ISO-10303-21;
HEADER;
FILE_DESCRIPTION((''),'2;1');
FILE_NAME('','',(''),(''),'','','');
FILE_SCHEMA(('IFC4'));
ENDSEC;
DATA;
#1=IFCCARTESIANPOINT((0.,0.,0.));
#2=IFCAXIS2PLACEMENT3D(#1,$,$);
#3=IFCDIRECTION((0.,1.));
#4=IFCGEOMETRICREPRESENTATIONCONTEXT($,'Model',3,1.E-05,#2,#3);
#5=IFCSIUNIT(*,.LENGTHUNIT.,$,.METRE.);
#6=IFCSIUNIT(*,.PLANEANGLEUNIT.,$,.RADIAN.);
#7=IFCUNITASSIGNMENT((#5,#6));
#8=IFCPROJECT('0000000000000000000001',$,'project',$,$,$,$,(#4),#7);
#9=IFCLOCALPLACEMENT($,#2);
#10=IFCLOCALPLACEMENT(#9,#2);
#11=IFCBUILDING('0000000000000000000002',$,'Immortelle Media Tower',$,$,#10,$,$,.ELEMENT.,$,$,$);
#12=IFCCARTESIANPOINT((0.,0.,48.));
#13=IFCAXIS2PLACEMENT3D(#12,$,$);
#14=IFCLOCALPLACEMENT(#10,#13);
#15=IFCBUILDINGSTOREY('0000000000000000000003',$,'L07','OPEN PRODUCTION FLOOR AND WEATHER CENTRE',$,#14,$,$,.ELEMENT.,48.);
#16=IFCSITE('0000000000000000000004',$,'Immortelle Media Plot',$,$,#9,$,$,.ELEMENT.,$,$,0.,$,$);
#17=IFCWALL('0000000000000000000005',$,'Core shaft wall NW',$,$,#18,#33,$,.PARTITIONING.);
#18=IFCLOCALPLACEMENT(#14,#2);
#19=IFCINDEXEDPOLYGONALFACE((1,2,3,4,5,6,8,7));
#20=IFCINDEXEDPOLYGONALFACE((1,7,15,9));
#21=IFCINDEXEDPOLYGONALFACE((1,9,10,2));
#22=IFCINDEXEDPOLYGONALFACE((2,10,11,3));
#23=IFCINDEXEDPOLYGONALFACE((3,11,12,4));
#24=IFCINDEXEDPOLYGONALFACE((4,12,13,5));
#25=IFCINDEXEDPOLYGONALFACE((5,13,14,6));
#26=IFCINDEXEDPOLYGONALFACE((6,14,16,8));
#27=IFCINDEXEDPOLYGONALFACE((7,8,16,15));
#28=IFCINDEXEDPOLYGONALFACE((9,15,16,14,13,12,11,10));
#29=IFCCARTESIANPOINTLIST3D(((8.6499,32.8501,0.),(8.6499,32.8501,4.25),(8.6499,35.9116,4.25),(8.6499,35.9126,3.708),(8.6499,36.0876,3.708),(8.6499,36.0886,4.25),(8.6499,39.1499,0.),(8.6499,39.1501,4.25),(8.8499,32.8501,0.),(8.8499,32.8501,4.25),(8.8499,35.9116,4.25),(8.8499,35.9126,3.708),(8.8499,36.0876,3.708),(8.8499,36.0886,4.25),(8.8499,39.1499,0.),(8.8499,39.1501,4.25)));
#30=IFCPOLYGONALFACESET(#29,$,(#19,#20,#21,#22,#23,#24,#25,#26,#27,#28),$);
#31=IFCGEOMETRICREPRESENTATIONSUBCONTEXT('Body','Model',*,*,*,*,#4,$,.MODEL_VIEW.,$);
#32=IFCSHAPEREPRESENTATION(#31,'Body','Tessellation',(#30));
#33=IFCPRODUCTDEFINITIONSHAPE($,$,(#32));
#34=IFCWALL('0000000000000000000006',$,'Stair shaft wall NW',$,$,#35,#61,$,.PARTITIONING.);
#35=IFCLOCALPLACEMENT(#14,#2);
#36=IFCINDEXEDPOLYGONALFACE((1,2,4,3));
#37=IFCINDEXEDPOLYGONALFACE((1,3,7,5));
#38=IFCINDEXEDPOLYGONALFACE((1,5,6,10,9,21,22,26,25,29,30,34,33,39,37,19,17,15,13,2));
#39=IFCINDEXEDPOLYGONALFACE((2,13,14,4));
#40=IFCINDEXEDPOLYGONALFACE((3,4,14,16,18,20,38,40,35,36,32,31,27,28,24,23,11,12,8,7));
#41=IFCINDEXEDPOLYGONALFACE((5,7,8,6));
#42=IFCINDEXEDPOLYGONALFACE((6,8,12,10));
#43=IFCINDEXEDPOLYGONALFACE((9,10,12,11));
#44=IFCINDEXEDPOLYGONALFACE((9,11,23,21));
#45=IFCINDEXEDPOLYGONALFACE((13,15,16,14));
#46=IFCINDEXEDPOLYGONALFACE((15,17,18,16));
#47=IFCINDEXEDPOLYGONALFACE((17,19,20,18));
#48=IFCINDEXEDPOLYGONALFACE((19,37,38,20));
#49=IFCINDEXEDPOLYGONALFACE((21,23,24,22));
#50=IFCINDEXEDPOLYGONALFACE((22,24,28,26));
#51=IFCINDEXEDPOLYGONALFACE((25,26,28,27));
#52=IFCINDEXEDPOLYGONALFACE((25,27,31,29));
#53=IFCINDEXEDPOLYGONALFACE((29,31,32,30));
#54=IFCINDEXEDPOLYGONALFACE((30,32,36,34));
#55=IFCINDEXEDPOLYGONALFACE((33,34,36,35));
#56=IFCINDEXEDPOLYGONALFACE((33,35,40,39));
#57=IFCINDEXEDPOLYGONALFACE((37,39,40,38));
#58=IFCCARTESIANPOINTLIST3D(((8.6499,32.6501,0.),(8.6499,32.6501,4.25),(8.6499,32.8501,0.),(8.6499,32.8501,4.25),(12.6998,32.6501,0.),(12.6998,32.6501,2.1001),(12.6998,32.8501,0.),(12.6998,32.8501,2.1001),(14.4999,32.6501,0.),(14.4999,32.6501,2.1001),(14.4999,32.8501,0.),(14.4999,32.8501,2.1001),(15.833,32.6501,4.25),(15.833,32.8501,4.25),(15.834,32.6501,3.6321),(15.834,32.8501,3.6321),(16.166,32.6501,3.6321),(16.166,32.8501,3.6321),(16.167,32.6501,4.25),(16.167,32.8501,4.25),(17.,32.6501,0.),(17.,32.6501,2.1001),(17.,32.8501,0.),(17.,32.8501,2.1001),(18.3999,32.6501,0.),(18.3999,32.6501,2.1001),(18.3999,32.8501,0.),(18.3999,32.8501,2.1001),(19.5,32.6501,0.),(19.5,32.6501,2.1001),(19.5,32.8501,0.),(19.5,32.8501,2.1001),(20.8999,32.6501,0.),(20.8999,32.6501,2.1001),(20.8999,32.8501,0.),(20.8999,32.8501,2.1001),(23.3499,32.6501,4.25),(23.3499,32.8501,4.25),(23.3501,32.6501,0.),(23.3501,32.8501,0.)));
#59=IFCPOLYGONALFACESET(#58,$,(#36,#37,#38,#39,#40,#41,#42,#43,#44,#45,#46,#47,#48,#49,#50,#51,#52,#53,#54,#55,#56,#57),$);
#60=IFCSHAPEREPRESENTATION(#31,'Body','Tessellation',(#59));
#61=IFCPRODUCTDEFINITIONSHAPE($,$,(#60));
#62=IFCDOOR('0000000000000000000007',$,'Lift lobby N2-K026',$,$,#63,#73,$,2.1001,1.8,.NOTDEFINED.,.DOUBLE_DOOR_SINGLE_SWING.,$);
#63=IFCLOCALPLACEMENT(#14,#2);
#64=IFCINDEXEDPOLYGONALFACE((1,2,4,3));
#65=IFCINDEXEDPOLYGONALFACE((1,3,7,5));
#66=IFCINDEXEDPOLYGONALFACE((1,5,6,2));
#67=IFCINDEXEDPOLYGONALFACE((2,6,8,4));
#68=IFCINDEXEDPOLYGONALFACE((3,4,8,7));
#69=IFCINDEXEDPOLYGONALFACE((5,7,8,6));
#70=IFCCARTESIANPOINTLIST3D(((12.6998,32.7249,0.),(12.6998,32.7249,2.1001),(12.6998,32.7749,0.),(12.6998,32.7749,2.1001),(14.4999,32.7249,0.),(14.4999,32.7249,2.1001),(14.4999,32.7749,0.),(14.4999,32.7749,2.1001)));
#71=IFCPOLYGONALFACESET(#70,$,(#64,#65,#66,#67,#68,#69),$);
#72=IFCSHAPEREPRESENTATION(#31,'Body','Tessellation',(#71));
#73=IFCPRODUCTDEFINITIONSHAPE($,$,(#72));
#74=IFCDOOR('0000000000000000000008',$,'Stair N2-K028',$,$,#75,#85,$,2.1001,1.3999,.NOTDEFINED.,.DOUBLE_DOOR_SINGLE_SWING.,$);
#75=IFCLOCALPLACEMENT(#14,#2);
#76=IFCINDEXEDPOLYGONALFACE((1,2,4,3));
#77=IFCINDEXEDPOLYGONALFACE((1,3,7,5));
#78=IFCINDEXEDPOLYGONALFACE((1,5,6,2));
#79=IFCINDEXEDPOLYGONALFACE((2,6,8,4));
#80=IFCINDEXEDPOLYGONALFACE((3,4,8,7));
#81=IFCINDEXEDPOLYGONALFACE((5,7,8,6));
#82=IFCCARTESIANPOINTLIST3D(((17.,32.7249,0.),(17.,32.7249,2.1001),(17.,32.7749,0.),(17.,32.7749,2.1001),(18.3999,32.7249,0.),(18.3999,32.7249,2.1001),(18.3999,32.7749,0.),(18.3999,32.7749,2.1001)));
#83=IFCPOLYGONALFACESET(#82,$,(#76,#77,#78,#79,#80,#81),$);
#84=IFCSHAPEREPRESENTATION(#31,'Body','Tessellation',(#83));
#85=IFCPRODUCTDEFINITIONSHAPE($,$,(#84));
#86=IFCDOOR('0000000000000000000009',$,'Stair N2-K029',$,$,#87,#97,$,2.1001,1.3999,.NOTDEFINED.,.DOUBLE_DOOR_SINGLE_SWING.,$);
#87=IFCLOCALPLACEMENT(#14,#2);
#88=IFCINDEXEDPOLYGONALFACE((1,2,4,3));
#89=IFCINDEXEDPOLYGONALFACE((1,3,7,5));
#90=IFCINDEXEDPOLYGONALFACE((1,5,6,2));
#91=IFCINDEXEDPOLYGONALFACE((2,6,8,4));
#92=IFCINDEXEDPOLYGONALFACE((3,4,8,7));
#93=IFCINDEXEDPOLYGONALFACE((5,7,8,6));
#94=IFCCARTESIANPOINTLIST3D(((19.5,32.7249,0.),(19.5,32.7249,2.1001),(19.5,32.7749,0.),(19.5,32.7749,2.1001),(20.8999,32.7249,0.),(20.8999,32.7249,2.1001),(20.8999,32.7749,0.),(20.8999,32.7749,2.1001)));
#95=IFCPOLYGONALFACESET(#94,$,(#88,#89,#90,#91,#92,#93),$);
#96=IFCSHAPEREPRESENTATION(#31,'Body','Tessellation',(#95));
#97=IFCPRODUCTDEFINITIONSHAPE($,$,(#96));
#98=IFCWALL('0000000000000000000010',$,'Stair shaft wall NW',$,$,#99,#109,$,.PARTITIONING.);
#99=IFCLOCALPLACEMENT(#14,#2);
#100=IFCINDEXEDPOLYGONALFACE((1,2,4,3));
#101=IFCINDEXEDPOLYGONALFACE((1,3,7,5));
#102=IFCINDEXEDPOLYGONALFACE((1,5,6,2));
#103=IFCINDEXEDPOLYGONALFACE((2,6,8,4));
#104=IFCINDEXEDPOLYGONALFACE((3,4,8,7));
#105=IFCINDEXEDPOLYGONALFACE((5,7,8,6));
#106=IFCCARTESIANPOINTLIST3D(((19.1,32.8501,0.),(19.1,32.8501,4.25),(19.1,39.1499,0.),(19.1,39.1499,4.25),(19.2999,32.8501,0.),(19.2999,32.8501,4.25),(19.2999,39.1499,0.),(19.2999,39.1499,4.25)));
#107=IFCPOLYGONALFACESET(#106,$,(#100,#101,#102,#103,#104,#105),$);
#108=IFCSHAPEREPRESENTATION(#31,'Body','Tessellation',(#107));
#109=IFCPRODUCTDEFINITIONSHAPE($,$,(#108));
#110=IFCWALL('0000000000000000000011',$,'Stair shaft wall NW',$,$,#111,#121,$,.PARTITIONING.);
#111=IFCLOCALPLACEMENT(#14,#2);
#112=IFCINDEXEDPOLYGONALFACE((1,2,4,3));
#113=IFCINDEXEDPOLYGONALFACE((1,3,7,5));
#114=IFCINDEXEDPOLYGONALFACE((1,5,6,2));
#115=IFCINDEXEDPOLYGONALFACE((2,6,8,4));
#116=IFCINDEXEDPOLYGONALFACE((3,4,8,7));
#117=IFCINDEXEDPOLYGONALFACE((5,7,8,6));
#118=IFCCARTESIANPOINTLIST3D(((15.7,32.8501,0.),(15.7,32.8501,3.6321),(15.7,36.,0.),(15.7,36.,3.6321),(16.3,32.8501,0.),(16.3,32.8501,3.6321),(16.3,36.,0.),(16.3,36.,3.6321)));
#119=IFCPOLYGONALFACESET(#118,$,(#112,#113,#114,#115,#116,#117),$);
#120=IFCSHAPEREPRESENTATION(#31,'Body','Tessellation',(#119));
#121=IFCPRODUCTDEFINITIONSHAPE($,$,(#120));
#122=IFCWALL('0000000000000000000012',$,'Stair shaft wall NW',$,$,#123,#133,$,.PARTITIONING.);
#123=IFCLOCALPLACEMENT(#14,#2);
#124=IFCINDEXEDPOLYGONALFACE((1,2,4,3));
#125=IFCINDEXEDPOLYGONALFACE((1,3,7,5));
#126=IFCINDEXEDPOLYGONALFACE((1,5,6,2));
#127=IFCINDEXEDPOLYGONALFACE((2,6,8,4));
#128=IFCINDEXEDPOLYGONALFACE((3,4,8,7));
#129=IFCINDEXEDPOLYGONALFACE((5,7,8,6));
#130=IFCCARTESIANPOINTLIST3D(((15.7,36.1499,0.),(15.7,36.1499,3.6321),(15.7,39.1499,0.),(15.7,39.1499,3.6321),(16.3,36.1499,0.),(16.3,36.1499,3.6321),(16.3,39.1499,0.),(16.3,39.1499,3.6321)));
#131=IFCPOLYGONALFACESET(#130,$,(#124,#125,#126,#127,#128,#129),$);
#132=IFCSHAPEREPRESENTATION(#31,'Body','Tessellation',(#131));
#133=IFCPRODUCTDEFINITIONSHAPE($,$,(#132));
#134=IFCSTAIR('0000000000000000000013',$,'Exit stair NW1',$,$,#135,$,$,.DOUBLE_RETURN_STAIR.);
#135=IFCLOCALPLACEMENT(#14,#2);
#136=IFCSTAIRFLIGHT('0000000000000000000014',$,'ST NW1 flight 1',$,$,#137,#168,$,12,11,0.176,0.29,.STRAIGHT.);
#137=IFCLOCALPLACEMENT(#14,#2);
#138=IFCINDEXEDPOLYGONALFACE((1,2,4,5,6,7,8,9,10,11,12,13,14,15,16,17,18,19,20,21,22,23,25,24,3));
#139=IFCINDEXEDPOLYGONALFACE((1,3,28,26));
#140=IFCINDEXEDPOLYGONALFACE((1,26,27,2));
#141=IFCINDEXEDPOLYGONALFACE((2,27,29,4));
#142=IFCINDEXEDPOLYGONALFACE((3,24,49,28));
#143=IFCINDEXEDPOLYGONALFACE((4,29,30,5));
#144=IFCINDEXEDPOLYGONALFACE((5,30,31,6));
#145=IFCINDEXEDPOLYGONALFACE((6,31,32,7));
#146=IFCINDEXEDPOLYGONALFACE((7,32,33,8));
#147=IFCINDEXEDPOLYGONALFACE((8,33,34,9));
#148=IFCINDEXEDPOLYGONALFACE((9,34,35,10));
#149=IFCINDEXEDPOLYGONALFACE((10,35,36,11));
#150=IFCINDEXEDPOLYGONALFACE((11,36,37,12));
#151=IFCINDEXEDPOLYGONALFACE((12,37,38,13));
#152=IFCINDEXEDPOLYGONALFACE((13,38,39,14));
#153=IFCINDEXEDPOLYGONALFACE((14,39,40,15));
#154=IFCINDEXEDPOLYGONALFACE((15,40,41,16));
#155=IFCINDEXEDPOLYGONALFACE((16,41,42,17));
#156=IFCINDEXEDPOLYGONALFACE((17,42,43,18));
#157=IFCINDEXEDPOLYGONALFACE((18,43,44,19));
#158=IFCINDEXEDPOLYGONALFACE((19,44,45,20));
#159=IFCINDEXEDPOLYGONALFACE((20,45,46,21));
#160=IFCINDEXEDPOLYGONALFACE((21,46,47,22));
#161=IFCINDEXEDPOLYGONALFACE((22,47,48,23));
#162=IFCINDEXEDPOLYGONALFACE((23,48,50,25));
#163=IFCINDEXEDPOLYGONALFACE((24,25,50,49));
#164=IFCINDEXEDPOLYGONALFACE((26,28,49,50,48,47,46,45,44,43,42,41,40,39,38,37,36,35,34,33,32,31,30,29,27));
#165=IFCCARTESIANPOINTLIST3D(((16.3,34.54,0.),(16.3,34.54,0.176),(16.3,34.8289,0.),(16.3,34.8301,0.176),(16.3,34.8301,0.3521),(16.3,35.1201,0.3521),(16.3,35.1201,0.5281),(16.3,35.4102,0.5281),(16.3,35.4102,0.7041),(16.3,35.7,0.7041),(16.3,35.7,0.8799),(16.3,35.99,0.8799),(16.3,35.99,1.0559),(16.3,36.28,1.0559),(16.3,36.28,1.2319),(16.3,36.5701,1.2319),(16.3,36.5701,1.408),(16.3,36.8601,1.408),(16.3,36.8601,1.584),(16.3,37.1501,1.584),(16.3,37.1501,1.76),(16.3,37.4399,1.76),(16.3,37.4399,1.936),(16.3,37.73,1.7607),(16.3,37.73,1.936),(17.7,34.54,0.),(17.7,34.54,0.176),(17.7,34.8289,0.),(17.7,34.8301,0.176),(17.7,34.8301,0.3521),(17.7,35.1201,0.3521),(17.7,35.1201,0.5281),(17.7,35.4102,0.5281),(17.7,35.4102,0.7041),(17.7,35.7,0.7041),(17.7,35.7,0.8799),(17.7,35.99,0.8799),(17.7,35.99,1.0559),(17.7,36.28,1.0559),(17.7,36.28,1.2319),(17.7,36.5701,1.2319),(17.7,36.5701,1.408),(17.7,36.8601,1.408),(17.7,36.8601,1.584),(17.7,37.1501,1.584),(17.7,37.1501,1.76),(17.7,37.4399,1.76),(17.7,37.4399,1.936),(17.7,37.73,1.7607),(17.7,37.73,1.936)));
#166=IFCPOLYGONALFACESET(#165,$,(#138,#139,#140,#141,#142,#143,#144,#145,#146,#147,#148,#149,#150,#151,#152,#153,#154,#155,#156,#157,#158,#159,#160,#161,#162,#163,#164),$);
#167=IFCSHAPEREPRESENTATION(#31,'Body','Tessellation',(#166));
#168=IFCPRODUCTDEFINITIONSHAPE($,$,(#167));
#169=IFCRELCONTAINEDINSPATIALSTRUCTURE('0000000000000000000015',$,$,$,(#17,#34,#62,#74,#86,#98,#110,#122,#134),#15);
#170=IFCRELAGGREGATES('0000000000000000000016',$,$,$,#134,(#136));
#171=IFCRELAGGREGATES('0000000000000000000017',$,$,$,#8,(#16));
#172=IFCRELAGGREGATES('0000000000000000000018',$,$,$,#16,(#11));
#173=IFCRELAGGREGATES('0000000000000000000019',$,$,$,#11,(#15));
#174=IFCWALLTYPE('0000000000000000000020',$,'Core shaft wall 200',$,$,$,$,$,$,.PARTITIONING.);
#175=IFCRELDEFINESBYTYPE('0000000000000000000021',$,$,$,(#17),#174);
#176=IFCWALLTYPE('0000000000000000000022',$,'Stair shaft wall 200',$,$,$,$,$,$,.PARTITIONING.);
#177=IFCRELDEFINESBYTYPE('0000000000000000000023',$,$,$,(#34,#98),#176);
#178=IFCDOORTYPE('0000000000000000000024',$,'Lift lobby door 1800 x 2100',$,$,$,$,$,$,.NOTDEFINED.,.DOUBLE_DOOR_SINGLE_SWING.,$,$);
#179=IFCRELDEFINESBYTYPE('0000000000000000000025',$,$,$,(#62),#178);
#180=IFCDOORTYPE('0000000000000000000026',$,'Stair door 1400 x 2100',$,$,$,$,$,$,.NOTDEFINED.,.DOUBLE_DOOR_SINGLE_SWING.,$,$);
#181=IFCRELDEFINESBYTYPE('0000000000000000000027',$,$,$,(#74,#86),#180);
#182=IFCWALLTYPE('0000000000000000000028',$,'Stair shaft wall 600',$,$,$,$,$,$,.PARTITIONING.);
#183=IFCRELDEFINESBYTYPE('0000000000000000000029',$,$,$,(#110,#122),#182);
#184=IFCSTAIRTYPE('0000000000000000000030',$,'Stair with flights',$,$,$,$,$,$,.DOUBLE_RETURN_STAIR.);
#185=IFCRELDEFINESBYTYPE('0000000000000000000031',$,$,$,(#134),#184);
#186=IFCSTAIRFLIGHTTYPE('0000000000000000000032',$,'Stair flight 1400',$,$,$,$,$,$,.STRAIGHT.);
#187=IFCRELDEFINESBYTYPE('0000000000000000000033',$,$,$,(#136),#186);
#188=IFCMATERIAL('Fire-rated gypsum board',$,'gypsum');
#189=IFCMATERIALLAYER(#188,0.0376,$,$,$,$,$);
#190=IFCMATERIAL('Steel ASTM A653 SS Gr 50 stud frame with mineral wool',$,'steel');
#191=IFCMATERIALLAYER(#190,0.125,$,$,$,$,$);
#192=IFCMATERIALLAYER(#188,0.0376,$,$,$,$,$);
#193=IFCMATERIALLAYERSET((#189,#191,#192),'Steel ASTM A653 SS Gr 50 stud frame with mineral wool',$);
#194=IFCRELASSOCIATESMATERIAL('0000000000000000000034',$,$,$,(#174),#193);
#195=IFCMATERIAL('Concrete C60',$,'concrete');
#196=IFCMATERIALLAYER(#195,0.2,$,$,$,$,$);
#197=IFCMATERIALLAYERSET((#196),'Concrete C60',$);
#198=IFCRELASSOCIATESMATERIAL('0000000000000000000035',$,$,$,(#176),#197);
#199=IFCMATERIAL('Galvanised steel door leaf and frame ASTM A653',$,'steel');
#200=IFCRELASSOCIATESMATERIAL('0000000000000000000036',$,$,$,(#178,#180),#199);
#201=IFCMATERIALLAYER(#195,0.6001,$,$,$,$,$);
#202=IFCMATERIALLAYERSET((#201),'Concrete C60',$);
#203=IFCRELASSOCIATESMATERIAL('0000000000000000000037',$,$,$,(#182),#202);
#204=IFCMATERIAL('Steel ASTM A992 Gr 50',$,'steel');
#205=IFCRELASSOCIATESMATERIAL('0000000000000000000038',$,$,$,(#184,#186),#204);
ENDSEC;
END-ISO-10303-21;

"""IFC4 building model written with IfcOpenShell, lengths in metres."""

from ifc_helpers import new_model, si_unit, direction, frame, frame_2d, origin, place, context, subcontext, project, spatial, polyline, rectangle, outline, extrude, material, layer, layer_set, type_object, element, fill, aggregate, save


model = new_model("IFC4")

# Units and contexts
model_context = context("Model", 3, precision=1e-05, world=origin(), true_north=direction((0.0, 1.0)))
body_context = subcontext(model_context, "Body", "Model", "MODEL_VIEW")
ifc_project = project(units=[si_unit("LENGTHUNIT", "METRE"), si_unit("PLANEANGLEUNIT", "RADIAN")], contexts=[model_context])

# Site, building, storey
site_placement = place(None, origin())
site = spatial("IfcSite", under=ifc_project, at=site_placement, Name="Immortelle Media Plot", CompositionType="ELEMENT", RefElevation=0.0)
building_placement = place(site_placement, origin())
building = spatial("IfcBuilding", under=site, at=building_placement, Name="Immortelle Media Tower", CompositionType="ELEMENT")
storey_placement = place(building_placement, frame((0.0, 0.0, 48.0)))
storey = spatial("IfcBuildingStorey", under=building, at=storey_placement, Name="L07", Description="OPEN PRODUCTION FLOOR AND WEATHER CENTRE", CompositionType="ELEMENT", Elevation=48.0)

# Shared definitions
ifc_material_1 = material(Name="Steel ASTM A992 Gr 50", Category="steel")

# Shared definitions
ifc_material_2 = material(Name="Fire-rated gypsum board", Category="gypsum")
ifc_material_3 = material(Name="Steel ASTM A653 SS Gr 50 stud frame with mineral wool", Category="steel")

# Wall
ifc_layer_1 = layer(ifc_material_2, 0.0376)
ifc_layer_2 = layer(ifc_material_3, 0.125)
ifc_layer_3 = layer(ifc_material_2, 0.0376)
ifc_layer_set_1 = layer_set([ifc_layer_1, ifc_layer_2, ifc_layer_3], Name="Steel ASTM A653 SS Gr 50 stud frame with mineral wool")
wall_type_1 = type_object("IfcWallType", Name="Core shaft wall 200", PredefinedType="PARTITIONING", material=ifc_layer_set_1)
wall_1_placement = place(storey_placement, frame((8.75, 32.8501, 0.0), z_axis=(0.0, 0.0, 1.0), x_axis=(0.0, 1.0, 0.0)))
element("IfcWall", 1, at=wall_1_placement, inside=storey, type_object=wall_type_1, Name="Core shaft wall NW", PredefinedType="PARTITIONING", context=body_context, shape_type="SweptSolid", body=[
    extrude(outline(polyline([(0.0, 0.0), (6.2998, 0.0), (6.3, 4.25), (3.2385, 4.25), (3.2375, 3.708), (3.0625, 3.708), (3.0615, 4.25), (0.0, 4.25), (0.0, 0.0)])), frame((0.0, 0.1001, 0.0), z_axis=(0.0, -1.0, 0.0), x_axis=(1.0, 0.0, 0.0)), (0.0, 0.0, 1.0), 0.2),
])

# Wall, openings, doors
ifc_material_4 = material(Name="Concrete C60", Category="concrete")
ifc_layer_4 = layer(ifc_material_4, 0.2)
ifc_layer_set_2 = layer_set([ifc_layer_4], Name="Concrete C60")
wall_type_2 = type_object("IfcWallType", Name="Stair shaft wall 200", PredefinedType="PARTITIONING", material=ifc_layer_set_2)
wall_2_placement = place(storey_placement, frame((8.6499, 32.75, 0.0), z_axis=(0.0, 0.0, 1.0), x_axis=(1.0, 0.0, 0.0)))
wall_2 = element("IfcWall", 2, at=wall_2_placement, inside=storey, type_object=wall_type_2, Name="Stair shaft wall NW", PredefinedType="PARTITIONING", context=body_context, shape_type="SweptSolid", body=[
    extrude(outline(polyline([(0.0, 0.0), (14.7002, 0.0), (14.7, 4.25), (7.5171, 4.25), (7.5161, 3.6321), (7.1841, 3.6321), (7.1831, 4.25), (0.0, 4.25), (0.0, 0.0)])), frame((0.0, 0.1001, 0.0), z_axis=(0.0, -1.0, 0.0), x_axis=(1.0, 0.0, 0.0)), (0.0, 0.0, 1.0), 0.2),
])
opening_1_placement = place(wall_2_placement, frame((4.05, 0.0, 0.0)))
opening_1 = element("IfcOpeningElement", 3, at=opening_1_placement, cuts=wall_2, PredefinedType="OPENING", context=body_context, shape_type="SweptSolid", body=[
    extrude(rectangle(XDim=1.8, YDim=2.1001, at=frame_2d((0.8999, 1.05))), frame((0.0, 0.1099, 0.0), z_axis=(0.0, -1.0, 0.0), x_axis=(1.0, 0.0, 0.0)), (0.0, 0.0, 1.0), 0.22),
])
opening_2_placement = place(wall_2_placement, frame((8.3501, 0.0, 0.0)))
opening_2 = element("IfcOpeningElement", 4, at=opening_2_placement, cuts=wall_2, PredefinedType="OPENING", context=body_context, shape_type="SweptSolid", body=[
    extrude(rectangle(XDim=1.3999, YDim=2.1001, at=frame_2d((0.7, 1.05))), frame((0.0, 0.1099, 0.0), z_axis=(0.0, -1.0, 0.0), x_axis=(1.0, 0.0, 0.0)), (0.0, 0.0, 1.0), 0.22),
])
opening_3_placement = place(wall_2_placement, frame((10.8501, 0.0, 0.0)))
opening_3 = element("IfcOpeningElement", 5, at=opening_3_placement, cuts=wall_2, PredefinedType="OPENING", context=body_context, shape_type="SweptSolid", body=[
    extrude(rectangle(XDim=1.3999, YDim=2.1001, at=frame_2d((0.7, 1.05))), frame((0.0, 0.1099, 0.0), z_axis=(0.0, -1.0, 0.0), x_axis=(1.0, 0.0, 0.0)), (0.0, 0.0, 1.0), 0.22),
])
ifc_material_5 = material(Name="Galvanised steel door leaf and frame ASTM A653", Category="steel")
door_type_1 = type_object("IfcDoorType", Name="Lift lobby door 1800 x 2100", OperationType="DOUBLE_DOOR_SINGLE_SWING", PredefinedType="NOTDEFINED", material=ifc_material_5)
door_1_placement = place(opening_1_placement, origin())
door_1 = element("IfcDoor", 6, at=door_1_placement, inside=storey, type_object=door_type_1, Name="Lift lobby N2-K026", OperationType="DOUBLE_DOOR_SINGLE_SWING", OverallHeight=2.1001, OverallWidth=1.8, PredefinedType="NOTDEFINED", context=body_context, shape_type="SweptSolid", body=[
    extrude(rectangle(XDim=1.8, YDim=2.1001, at=frame_2d((0.8999, 1.05))), frame((0.0, 0.0249, 0.0), z_axis=(0.0, -1.0, 0.0), x_axis=(1.0, 0.0, 0.0)), (0.0, 0.0, 1.0), 0.05),
])
fill(opening_1, door_1)
door_type_2 = type_object("IfcDoorType", Name="Stair door 1400 x 2100", OperationType="DOUBLE_DOOR_SINGLE_SWING", PredefinedType="NOTDEFINED", material=ifc_material_5)
door_2_placement = place(opening_2_placement, origin())
door_2 = element("IfcDoor", 7, at=door_2_placement, inside=storey, type_object=door_type_2, Name="Stair N2-K028", OperationType="DOUBLE_DOOR_SINGLE_SWING", OverallHeight=2.1001, OverallWidth=1.3999, PredefinedType="NOTDEFINED", context=body_context, shape_type="SweptSolid", body=[
    extrude(rectangle(XDim=1.3999, YDim=2.1001, at=frame_2d((0.7, 1.05))), frame((0.0, 0.0249, 0.0), z_axis=(0.0, -1.0, 0.0), x_axis=(1.0, 0.0, 0.0)), (0.0, 0.0, 1.0), 0.05),
])
fill(opening_2, door_2)
door_3_placement = place(opening_3_placement, origin())
door_3 = element("IfcDoor", 8, at=door_3_placement, inside=storey, type_object=door_type_2, Name="Stair N2-K029", OperationType="DOUBLE_DOOR_SINGLE_SWING", OverallHeight=2.1001, OverallWidth=1.3999, PredefinedType="NOTDEFINED", context=body_context, shape_type="SweptSolid", body=[
    extrude(rectangle(XDim=1.3999, YDim=2.1001, at=frame_2d((0.7, 1.05))), frame((0.0, 0.0249, 0.0), z_axis=(0.0, -1.0, 0.0), x_axis=(1.0, 0.0, 0.0)), (0.0, 0.0, 1.0), 0.05),
])
fill(opening_3, door_3)

# Walls
wall_3_placement = place(storey_placement, frame((19.2, 32.8501, 0.0), z_axis=(0.0, 0.0, 1.0), x_axis=(0.0, 1.0, 0.0)))
element("IfcWall", 9, at=wall_3_placement, inside=storey, type_object=wall_type_2, Name="Stair shaft wall NW", PredefinedType="PARTITIONING", context=body_context, shape_type="SweptSolid", body=[
    extrude(rectangle(XDim=6.2998, YDim=0.2, at=frame_2d((3.1499, 0.0))), origin(), (0.0, 0.0, 1.0), 4.25),
])
ifc_layer_5 = layer(ifc_material_4, 0.6001)
ifc_layer_set_3 = layer_set([ifc_layer_5], Name="Concrete C60")
wall_type_3 = type_object("IfcWallType", Name="Stair shaft wall 600", PredefinedType="PARTITIONING", material=ifc_layer_set_3)
wall_4_placement = place(storey_placement, frame((16.0, 32.8501, 0.0), z_axis=(0.0, 0.0, 1.0), x_axis=(0.0, 1.0, 0.0)))
element("IfcWall", 10, at=wall_4_placement, inside=storey, type_object=wall_type_3, Name="Stair shaft wall NW", PredefinedType="PARTITIONING", context=body_context, shape_type="SweptSolid", body=[
    extrude(rectangle(XDim=3.1499, YDim=0.6001, at=frame_2d((1.575, 0.0))), origin(), (0.0, 0.0, 1.0), 3.6321),
])
wall_5_placement = place(storey_placement, frame((16.0, 36.1499, 0.0), z_axis=(0.0, 0.0, 1.0), x_axis=(0.0, 1.0, 0.0)))
element("IfcWall", 11, at=wall_5_placement, inside=storey, type_object=wall_type_3, Name="Stair shaft wall NW", PredefinedType="PARTITIONING", context=body_context, shape_type="SweptSolid", body=[
    extrude(rectangle(XDim=3.0, YDim=0.6001, at=frame_2d((1.5, 0.0))), origin(), (0.0, 0.0, 1.0), 3.6321),
])

# Stair, stair flight
stair_type = type_object("IfcStairType", Name="Stair with flights", PredefinedType="DOUBLE_RETURN_STAIR", material=ifc_material_1)
stair_1_placement = place(storey_placement, origin())
stair_1 = element("IfcStair", 12, at=stair_1_placement, inside=storey, type_object=stair_type, Name="Exit stair NW1", PredefinedType="DOUBLE_RETURN_STAIR")
stair_flight_type = type_object("IfcStairFlightType", Name="Stair flight 1400", PredefinedType="STRAIGHT", material=ifc_material_1)
stair_flight_1_placement = place(storey_placement, frame((17.0, 34.54, 0.0), z_axis=(0.0, 0.0, 1.0), x_axis=(0.0, 1.0, 0.0)))
stair_flight_1 = element("IfcStairFlight", 13, at=stair_flight_1_placement, type_object=stair_flight_type, Name="ST NW1 flight 1", NumberOfRisers=12, NumberOfTreads=11, PredefinedType="STRAIGHT", RiserHeight=0.176, TreadLength=0.29, context=body_context, shape_type="SweptSolid", body=[
    extrude(outline(polyline([(0.0, 0.0), (0.0, 0.176), (0.29, 0.176), (0.29, 0.3521), (0.5801, 0.3521), (0.5801, 0.5281), (0.8701, 0.5281), (0.8701, 0.7041), (1.1599, 0.7041), (1.1599, 0.8799), (1.45, 0.8799), (1.45, 1.0559), (1.74, 1.0559), (1.74, 1.2319), (2.03, 1.2319), (2.03, 1.408), (2.3201, 1.408), (2.3201, 1.584), (2.6101, 1.584), (2.6101, 1.76), (2.8999, 1.76), (2.8999, 1.936), (3.1899, 1.936), (3.1899, 2.1121), (3.1899, 1.7607), (0.2888, 0.0), (0.0, 0.0)])), frame((0.0, 0.7, 0.0), z_axis=(0.0, -1.0, 0.0), x_axis=(1.0, 0.0, 0.0)), (0.0, 0.0, 1.0), 1.3999),
])
aggregate(stair_1, [stair_flight_1])

save(model, "model.ifc")
